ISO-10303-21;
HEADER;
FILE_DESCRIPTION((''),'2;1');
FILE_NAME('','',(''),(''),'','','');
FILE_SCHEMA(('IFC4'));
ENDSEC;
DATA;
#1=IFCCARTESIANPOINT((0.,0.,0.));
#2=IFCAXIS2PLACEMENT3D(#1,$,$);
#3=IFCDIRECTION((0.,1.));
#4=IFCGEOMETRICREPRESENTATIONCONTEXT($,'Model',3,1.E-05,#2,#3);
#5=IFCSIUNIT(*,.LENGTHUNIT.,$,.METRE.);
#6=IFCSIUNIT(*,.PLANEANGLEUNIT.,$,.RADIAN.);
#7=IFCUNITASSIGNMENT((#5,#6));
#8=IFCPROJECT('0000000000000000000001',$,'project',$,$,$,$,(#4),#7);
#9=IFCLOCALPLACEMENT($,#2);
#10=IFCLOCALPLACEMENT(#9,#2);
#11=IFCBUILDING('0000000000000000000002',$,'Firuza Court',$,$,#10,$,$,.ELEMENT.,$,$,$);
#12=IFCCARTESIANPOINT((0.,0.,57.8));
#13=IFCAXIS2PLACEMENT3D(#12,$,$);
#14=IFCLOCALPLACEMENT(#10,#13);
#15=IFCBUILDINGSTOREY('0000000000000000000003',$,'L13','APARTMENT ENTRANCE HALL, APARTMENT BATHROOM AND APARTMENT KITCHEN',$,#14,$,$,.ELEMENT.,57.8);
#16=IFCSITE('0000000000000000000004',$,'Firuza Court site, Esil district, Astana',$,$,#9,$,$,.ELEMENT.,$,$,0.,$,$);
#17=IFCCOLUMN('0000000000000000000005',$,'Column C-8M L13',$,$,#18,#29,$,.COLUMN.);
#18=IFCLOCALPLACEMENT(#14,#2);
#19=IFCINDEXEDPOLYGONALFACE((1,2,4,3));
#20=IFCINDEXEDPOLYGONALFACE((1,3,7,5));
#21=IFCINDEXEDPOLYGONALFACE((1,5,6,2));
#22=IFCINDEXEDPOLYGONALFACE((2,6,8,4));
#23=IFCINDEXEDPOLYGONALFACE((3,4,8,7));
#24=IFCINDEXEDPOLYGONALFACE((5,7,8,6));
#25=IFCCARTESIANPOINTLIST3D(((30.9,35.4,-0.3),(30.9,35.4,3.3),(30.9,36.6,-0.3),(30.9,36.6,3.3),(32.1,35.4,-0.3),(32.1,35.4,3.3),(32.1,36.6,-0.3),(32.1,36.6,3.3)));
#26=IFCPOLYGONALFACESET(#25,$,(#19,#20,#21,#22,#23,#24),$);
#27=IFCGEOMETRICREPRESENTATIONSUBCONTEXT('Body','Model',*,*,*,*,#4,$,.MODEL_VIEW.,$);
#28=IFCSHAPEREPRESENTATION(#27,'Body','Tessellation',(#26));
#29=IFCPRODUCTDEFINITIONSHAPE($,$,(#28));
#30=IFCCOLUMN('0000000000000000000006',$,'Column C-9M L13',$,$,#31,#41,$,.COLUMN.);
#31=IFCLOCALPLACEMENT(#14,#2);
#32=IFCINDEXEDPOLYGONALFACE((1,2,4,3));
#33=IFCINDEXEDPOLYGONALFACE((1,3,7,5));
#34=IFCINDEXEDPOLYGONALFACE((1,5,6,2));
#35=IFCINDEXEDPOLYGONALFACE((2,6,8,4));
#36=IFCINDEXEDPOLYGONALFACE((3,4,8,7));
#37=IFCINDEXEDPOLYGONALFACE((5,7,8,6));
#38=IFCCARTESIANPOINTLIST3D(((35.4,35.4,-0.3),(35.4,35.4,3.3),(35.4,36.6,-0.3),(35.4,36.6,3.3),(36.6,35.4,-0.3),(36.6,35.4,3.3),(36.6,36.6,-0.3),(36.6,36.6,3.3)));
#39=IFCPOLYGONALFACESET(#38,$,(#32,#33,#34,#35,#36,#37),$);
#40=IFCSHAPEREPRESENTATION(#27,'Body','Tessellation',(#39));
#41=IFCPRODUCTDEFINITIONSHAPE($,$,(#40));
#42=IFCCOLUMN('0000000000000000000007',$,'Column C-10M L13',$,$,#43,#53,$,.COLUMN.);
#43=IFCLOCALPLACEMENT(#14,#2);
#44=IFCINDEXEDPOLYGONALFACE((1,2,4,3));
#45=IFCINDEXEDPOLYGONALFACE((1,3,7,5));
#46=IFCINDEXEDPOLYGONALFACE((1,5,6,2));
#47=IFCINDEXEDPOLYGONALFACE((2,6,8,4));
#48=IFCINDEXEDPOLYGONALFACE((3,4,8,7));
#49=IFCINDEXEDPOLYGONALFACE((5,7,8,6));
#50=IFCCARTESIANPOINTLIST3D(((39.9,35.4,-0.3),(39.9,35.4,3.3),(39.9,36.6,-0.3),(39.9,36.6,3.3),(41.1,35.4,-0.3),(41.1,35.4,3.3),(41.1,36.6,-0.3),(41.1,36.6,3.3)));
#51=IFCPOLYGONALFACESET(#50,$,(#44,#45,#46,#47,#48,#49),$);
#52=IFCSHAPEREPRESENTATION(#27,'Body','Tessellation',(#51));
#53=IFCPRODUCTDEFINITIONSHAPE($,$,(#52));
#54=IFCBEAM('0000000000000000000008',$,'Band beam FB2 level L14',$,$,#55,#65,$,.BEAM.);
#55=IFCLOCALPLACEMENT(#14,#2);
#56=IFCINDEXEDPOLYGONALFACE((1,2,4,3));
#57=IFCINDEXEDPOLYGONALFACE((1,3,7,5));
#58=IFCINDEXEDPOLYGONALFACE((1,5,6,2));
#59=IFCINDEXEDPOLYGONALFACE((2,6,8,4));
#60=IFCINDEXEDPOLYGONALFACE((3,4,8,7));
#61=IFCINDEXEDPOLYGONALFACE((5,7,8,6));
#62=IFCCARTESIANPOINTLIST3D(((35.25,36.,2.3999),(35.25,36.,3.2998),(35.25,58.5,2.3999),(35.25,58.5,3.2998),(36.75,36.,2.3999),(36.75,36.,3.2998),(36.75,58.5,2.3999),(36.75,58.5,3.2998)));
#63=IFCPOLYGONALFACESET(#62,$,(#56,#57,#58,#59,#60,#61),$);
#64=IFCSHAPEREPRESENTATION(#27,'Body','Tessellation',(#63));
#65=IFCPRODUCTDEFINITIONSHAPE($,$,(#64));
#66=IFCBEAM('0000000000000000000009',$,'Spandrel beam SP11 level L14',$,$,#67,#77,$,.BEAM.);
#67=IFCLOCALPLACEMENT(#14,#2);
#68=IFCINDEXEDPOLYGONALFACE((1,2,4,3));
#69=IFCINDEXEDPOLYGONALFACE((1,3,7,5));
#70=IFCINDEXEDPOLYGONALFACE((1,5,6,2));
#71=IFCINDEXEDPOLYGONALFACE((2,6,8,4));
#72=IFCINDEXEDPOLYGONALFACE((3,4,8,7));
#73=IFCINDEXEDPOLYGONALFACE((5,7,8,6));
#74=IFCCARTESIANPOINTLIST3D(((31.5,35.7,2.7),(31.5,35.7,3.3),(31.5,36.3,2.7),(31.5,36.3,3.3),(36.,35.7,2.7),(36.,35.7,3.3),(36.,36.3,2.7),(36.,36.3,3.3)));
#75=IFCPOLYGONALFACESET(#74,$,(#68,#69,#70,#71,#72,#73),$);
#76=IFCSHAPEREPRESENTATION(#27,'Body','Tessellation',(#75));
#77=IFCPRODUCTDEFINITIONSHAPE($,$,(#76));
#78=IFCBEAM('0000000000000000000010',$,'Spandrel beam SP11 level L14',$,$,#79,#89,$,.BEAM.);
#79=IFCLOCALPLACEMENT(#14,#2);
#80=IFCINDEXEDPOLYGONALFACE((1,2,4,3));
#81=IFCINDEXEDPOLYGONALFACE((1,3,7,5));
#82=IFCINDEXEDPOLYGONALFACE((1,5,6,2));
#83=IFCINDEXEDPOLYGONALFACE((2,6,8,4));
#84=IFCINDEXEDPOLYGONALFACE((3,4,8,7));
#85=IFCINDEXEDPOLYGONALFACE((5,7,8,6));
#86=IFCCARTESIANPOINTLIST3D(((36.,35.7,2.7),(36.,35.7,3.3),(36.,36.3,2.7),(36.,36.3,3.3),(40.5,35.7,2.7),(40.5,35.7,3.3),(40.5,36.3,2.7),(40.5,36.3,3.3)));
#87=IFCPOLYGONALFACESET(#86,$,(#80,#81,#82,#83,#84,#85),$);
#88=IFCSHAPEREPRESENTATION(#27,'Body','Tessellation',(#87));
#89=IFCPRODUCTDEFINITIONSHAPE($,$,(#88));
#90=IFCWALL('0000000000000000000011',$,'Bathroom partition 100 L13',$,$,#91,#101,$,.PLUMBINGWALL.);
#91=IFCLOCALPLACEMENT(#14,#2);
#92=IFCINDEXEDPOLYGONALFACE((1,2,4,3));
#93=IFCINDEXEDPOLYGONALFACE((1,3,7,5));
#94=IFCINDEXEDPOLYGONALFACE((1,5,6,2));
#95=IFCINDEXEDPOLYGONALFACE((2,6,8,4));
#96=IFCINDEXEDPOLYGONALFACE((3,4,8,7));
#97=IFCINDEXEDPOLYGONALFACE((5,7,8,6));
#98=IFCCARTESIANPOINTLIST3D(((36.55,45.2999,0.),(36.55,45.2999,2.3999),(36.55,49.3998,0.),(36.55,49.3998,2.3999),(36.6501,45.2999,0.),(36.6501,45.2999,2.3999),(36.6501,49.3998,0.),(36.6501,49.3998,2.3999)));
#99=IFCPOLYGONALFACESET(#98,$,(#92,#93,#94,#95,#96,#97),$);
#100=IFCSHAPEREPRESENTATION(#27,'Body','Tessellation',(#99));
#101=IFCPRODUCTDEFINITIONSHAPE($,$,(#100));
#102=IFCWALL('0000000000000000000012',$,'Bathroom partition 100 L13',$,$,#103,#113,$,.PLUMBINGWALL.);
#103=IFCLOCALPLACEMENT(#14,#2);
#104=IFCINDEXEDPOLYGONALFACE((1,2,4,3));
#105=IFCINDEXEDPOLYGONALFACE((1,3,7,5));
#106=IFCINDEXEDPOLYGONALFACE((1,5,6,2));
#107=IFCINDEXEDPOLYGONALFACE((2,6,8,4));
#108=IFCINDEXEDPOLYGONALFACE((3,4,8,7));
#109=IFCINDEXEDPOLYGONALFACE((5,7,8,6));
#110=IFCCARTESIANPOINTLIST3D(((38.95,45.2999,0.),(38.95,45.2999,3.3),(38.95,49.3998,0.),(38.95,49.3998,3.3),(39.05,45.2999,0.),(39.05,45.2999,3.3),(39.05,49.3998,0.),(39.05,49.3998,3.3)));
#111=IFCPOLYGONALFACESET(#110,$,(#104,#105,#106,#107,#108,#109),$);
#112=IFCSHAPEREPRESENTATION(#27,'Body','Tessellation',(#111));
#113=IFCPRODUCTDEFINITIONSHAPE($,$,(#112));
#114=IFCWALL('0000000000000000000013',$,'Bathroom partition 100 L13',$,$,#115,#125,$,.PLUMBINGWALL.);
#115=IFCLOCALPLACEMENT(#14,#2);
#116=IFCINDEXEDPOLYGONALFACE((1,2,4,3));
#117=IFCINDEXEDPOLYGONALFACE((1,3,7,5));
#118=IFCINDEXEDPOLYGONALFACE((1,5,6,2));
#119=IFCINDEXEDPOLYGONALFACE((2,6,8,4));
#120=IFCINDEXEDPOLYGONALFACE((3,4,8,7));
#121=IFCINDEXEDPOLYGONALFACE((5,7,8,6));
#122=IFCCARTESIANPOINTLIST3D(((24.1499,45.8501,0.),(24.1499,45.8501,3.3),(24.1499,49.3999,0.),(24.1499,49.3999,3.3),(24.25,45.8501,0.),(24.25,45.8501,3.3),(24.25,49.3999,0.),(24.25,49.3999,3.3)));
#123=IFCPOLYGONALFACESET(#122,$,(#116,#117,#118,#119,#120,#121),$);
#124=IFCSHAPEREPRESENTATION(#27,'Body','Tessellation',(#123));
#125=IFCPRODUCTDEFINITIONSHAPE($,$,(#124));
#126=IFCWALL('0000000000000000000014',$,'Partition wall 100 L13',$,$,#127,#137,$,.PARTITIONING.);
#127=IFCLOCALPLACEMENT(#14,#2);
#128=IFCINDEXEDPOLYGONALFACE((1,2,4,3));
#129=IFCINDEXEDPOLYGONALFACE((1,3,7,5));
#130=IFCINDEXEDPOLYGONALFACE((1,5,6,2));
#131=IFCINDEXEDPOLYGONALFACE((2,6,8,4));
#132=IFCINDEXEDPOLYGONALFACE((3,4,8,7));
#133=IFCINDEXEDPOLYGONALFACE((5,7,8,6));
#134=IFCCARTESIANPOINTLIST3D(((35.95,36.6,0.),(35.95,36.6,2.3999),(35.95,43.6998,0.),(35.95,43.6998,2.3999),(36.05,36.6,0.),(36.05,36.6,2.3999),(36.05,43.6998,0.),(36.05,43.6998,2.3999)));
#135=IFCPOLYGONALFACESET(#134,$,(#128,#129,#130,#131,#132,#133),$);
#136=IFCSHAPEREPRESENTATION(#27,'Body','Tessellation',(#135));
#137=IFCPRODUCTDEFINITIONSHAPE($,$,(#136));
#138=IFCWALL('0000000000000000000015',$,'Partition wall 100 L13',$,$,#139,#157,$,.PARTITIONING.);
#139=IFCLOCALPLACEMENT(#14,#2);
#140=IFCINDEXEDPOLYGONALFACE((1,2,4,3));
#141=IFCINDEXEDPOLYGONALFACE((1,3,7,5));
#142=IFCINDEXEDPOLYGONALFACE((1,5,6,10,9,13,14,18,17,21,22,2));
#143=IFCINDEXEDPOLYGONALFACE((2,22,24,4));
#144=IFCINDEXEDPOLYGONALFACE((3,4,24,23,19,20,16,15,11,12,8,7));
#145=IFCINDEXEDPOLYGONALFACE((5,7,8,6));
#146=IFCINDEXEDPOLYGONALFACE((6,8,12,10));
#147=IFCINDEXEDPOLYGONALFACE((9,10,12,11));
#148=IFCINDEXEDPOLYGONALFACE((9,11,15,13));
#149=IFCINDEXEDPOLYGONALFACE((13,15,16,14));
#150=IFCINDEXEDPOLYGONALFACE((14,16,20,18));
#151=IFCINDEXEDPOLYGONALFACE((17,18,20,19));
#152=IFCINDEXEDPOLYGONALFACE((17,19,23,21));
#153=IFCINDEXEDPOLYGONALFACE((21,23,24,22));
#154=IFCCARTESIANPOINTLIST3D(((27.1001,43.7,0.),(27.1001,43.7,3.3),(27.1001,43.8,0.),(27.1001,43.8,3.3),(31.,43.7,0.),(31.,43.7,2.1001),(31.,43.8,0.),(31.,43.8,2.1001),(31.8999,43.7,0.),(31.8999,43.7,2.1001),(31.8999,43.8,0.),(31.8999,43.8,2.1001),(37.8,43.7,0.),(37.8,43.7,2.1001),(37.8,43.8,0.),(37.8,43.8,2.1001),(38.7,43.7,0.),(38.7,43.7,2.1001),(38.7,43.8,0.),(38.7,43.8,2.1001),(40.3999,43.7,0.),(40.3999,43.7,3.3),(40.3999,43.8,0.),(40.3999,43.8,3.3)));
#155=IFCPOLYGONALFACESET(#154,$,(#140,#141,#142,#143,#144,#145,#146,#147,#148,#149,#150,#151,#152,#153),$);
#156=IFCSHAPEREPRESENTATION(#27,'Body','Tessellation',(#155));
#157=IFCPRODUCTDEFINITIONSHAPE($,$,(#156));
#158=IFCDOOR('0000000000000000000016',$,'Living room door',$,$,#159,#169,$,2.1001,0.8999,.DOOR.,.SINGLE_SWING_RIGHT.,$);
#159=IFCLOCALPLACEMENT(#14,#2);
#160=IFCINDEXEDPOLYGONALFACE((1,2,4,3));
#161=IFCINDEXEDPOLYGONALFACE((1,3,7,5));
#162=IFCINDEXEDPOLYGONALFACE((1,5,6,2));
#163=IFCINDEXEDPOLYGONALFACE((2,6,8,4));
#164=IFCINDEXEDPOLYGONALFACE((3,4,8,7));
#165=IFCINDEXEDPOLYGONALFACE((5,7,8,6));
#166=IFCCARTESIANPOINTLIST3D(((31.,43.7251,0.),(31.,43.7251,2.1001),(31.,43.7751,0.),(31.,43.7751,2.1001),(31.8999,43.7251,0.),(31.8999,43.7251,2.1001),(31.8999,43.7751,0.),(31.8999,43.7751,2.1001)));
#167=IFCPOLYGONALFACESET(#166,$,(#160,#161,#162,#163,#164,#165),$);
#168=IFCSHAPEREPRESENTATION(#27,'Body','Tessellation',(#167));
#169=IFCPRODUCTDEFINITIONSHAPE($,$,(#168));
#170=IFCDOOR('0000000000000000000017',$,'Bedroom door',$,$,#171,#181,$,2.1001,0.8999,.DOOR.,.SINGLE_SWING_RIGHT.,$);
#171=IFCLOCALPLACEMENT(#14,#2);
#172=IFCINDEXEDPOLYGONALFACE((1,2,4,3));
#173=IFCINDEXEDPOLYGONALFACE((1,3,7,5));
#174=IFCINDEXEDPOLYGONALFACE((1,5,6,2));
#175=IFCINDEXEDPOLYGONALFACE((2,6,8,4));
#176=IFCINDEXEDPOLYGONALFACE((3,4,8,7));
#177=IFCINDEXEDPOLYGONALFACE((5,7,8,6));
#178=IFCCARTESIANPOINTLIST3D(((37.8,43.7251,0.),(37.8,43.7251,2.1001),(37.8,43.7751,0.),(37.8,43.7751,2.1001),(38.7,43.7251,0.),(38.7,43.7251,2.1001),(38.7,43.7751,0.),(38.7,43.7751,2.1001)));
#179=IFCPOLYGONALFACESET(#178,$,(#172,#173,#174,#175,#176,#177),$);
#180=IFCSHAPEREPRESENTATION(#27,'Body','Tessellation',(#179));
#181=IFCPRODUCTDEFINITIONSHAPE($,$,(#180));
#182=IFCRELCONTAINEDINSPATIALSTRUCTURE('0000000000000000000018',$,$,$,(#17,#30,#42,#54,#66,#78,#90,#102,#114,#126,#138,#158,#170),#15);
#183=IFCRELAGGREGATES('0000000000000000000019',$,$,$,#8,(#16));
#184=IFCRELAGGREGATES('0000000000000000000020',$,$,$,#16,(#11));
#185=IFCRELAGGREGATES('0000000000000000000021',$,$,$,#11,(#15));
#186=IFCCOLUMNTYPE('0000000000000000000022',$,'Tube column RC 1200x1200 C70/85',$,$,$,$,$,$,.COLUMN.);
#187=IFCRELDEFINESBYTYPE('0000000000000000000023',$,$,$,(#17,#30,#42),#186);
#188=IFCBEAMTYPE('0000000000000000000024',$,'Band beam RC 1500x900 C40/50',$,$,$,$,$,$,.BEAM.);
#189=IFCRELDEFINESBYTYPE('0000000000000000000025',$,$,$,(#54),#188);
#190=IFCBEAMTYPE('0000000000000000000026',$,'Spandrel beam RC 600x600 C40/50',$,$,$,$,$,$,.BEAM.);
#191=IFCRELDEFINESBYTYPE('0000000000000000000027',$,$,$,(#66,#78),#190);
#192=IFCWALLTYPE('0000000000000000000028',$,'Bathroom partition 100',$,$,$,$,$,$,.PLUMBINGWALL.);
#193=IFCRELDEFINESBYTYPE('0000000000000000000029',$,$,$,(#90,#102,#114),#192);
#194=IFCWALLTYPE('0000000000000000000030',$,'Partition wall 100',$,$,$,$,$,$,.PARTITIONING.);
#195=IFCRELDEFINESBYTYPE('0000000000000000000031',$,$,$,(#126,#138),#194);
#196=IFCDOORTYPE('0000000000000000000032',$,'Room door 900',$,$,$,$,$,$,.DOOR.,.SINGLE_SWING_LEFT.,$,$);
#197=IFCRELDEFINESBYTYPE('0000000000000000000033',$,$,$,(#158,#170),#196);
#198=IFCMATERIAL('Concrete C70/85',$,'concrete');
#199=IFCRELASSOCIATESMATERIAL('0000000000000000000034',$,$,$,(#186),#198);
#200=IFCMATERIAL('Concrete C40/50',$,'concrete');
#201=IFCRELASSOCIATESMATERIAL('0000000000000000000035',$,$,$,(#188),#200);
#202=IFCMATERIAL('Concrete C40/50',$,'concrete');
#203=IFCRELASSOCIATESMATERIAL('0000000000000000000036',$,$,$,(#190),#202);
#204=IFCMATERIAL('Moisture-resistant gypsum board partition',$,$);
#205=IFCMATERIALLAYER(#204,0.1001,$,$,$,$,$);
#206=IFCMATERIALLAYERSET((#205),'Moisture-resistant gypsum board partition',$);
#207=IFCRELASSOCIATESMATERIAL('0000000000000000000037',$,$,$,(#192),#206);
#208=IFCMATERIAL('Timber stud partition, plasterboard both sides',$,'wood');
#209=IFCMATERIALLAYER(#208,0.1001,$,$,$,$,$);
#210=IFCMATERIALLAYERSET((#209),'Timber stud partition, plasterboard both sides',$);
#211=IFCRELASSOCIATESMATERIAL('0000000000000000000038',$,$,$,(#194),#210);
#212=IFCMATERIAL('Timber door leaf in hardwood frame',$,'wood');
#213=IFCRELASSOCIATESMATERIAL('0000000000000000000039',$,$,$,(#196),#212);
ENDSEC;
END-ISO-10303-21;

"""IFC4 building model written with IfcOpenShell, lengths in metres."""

from ifc_helpers import new_model, si_unit, direction, frame, frame_2d, origin, origin_2d, place, context, subcontext, project, spatial, rectangle, extrude, material, layer, layer_set, material_profile, profile_set, type_object, element, fill, save


model = new_model("IFC4")

# Units and contexts
model_context = context("Model", 3, precision=1e-05, world=origin(), true_north=direction((0.0, 1.0)))
body_context = subcontext(model_context, "Body", "Model", "MODEL_VIEW")
ifc_project = project(units=[si_unit("LENGTHUNIT", "METRE"), si_unit("PLANEANGLEUNIT", "RADIAN")], contexts=[model_context])

# Site, building, storey
site_placement = place(None, origin())
site = spatial("IfcSite", under=ifc_project, at=site_placement, Name="Firuza Court site, Esil district, Astana", CompositionType="ELEMENT", RefElevation=0.0)
building_placement = place(site_placement, origin())
building = spatial("IfcBuilding", under=site, at=building_placement, Name="Firuza Court", CompositionType="ELEMENT")
storey_placement = place(building_placement, frame((0.0, 0.0, 57.8)))
storey = spatial("IfcBuildingStorey", under=building, at=storey_placement, Name="L13", Description="APARTMENT ENTRANCE HALL, APARTMENT BATHROOM AND APARTMENT KITCHEN", CompositionType="ELEMENT", Elevation=57.8)

# Columns
ifc_material_1 = material(Name="Concrete C70/85", Category="concrete")
ifc_material_profile_1 = material_profile(ifc_material_1, rectangle(XDim=1.2, YDim=1.2, at=origin_2d()), Name="RC 1200x1200")
ifc_profile_set_1 = profile_set([ifc_material_profile_1], Name="Concrete C70/85")
column_type = type_object("IfcColumnType", Name="Tube column RC 1200x1200 C70/85", PredefinedType="COLUMN", material=ifc_profile_set_1)
for number, where, z_axis, x_axis, name in (
    (1, (31.5, 36.0, -0.3), (0.0, 0.0, 1.0), (1.0, 0.0, 0.0), "Column C-8M L13"),
    (2, (36.0, 36.0, -0.3), (0.0, 0.0, 1.0), (1.0, 0.0, 0.0), "Column C-9M L13"),
    (3, (40.5, 36.0, -0.3), (0.0, 0.0, 1.0), (1.0, 0.0, 0.0), "Column C-10M L13"),
):
    element("IfcColumn", number, at=place(storey_placement, frame(where, z_axis=z_axis, x_axis=x_axis)), inside=storey, type_object=column_type, Name=name, PredefinedType="COLUMN", context=body_context, shape_type="SweptSolid", body=[
        extrude(rectangle(XDim=1.2, YDim=1.2, at=origin_2d()), origin(), (0.0, 0.0, 1.0), 3.6001),
    ])

# Beams
ifc_material_2 = material(Name="Concrete C40/50", Category="concrete")
ifc_material_profile_2 = material_profile(ifc_material_2, rectangle(XDim=1.5, YDim=0.8999, at=origin_2d()), Name="RC 1500x900")
ifc_profile_set_2 = profile_set([ifc_material_profile_2], Name="Concrete C40/50")
beam_type_1 = type_object("IfcBeamType", Name="Band beam RC 1500x900 C40/50", PredefinedType="BEAM", material=ifc_profile_set_2)
beam_placement = place(storey_placement, frame((36.0, 36.0, 2.8499), z_axis=(0.0, 1.0, 0.0), x_axis=(-1.0, 0.0, 0.0)))
element("IfcBeam", 4, at=beam_placement, inside=storey, type_object=beam_type_1, Name="Band beam FB2 level L14", PredefinedType="BEAM", context=body_context, shape_type="SweptSolid", body=[
    extrude(rectangle(XDim=1.5, YDim=0.8999, at=origin_2d()), origin(), (0.0, 0.0, 1.0), 22.5),
])
ifc_material_3 = material(Name="Concrete C40/50", Category="concrete")
ifc_material_profile_3 = material_profile(ifc_material_3, rectangle(XDim=0.6001, YDim=0.6001, at=origin_2d()), Name="RC 600x600")
ifc_profile_set_3 = profile_set([ifc_material_profile_3], Name="Concrete C40/50")
beam_type_2 = type_object("IfcBeamType", Name="Spandrel beam RC 600x600 C40/50", PredefinedType="BEAM", material=ifc_profile_set_3)
for number, where, z_axis, x_axis, name in (
    (5, (31.5, 36.0, 3.0), (1.0, 0.0, 0.0), (0.0, 1.0, 0.0), "Spandrel beam SP11 level L14"),
    (6, (36.0, 36.0, 3.0), (1.0, 0.0, 0.0), (0.0, 1.0, 0.0), "Spandrel beam SP11 level L14"),
):
    element("IfcBeam", number, at=place(storey_placement, frame(where, z_axis=z_axis, x_axis=x_axis)), inside=storey, type_object=beam_type_2, Name=name, PredefinedType="BEAM", context=body_context, shape_type="SweptSolid", body=[
        extrude(rectangle(XDim=0.6001, YDim=0.6001, at=origin_2d()), origin(), (0.0, 0.0, 1.0), 4.5),
    ])

# Walls
ifc_material_4 = material(Name="Moisture-resistant gypsum board partition")
ifc_layer_1 = layer(ifc_material_4, 0.1001)
ifc_layer_set_1 = layer_set([ifc_layer_1], Name="Moisture-resistant gypsum board partition")
wall_type_1 = type_object("IfcWallType", Name="Bathroom partition 100", PredefinedType="PLUMBINGWALL", material=ifc_layer_set_1)
wall_1_placement = place(storey_placement, frame((36.6001, 45.3, 0.0), z_axis=(0.0, 0.0, 1.0), x_axis=(0.0, 1.0, 0.0)))
element("IfcWall", 7, at=wall_1_placement, inside=storey, type_object=wall_type_1, Name="Bathroom partition 100 L13", PredefinedType="PLUMBINGWALL", context=body_context, shape_type="SweptSolid", body=[
    extrude(rectangle(XDim=4.0999, YDim=0.1001, at=frame_2d((2.0498, 0.0))), origin(), (0.0, 0.0, 1.0), 2.3999),
])
wall_2_placement = place(storey_placement, frame((39.0, 45.3, 0.0), z_axis=(0.0, 0.0, 1.0), x_axis=(0.0, 1.0, 0.0)))
element("IfcWall", 8, at=wall_2_placement, inside=storey, type_object=wall_type_1, Name="Bathroom partition 100 L13", PredefinedType="PLUMBINGWALL", context=body_context, shape_type="SweptSolid", body=[
    extrude(rectangle(XDim=4.0999, YDim=0.1001, at=frame_2d((2.0498, 0.0))), origin(), (0.0, 0.0, 1.0), 3.3),
])
wall_3_placement = place(storey_placement, frame((24.2, 45.8501, 0.0), z_axis=(0.0, 0.0, 1.0), x_axis=(0.0, 1.0, 0.0)))
element("IfcWall", 9, at=wall_3_placement, inside=storey, type_object=wall_type_1, Name="Bathroom partition 100 L13", PredefinedType="PLUMBINGWALL", context=body_context, shape_type="SweptSolid", body=[
    extrude(rectangle(XDim=3.5498, YDim=0.1001, at=frame_2d((1.7749, 0.0))), origin(), (0.0, 0.0, 1.0), 3.3),
])
ifc_material_5 = material(Name="Timber stud partition, plasterboard both sides", Category="wood")
ifc_layer_2 = layer(ifc_material_5, 0.1001)
ifc_layer_set_2 = layer_set([ifc_layer_2], Name="Timber stud partition, plasterboard both sides")
wall_type_2 = type_object("IfcWallType", Name="Partition wall 100", PredefinedType="PARTITIONING", material=ifc_layer_set_2)
wall_4_placement = place(storey_placement, frame((36.0, 36.6001, 0.0), z_axis=(0.0, 0.0, 1.0), x_axis=(0.0, 1.0, 0.0)))
element("IfcWall", 10, at=wall_4_placement, inside=storey, type_object=wall_type_2, Name="Partition wall 100 L13", PredefinedType="PARTITIONING", context=body_context, shape_type="SweptSolid", body=[
    extrude(rectangle(XDim=7.0999, YDim=0.1001, at=frame_2d((3.5498, 0.0))), origin(), (0.0, 0.0, 1.0), 2.3999),
])

# Wall, openings, doors
wall_5_placement = place(storey_placement, frame((27.1001, 43.75, 0.0), z_axis=(0.0, 0.0, 1.0), x_axis=(1.0, 0.0, 0.0)))
wall_5 = element("IfcWall", 11, at=wall_5_placement, inside=storey, type_object=wall_type_2, Name="Partition wall 100 L13", PredefinedType="PARTITIONING", context=body_context, shape_type="SweptSolid", body=[
    extrude(rectangle(XDim=13.2998, YDim=0.1001, at=frame_2d((6.6499, 0.0))), origin(), (0.0, 0.0, 1.0), 3.3),
])
opening_1_placement = place(wall_5_placement, frame((3.8999, 0.0, 0.0)))
opening_1 = element("IfcOpeningElement", 12, at=opening_1_placement, cuts=wall_5, PredefinedType="OPENING", context=body_context, shape_type="SweptSolid", body=[
    extrude(rectangle(XDim=0.8999, YDim=2.1001, at=frame_2d((0.45, 1.05))), frame((0.0, 0.062, 0.0), z_axis=(0.0, -1.0, 0.0), x_axis=(1.0, 0.0, 0.0)), (0.0, 0.0, 1.0), 0.124),
])
opening_2_placement = place(wall_5_placement, frame((10.7, 0.0, 0.0)))
opening_2 = element("IfcOpeningElement", 13, at=opening_2_placement, cuts=wall_5, PredefinedType="OPENING", context=body_context, shape_type="SweptSolid", body=[
    extrude(rectangle(XDim=0.8999, YDim=2.1001, at=frame_2d((0.45, 1.05))), frame((0.0, 0.062, 0.0), z_axis=(0.0, -1.0, 0.0), x_axis=(1.0, 0.0, 0.0)), (0.0, 0.0, 1.0), 0.124),
])
ifc_material_6 = material(Name="Timber door leaf in hardwood frame", Category="wood")
door_type_1 = type_object("IfcDoorType", Name="Room door 900", OperationType="SINGLE_SWING_LEFT", PredefinedType="DOOR", material=ifc_material_6)
door_1_placement = place(opening_1_placement, frame((0.8999, 0.0, 0.0), z_axis=(0.0, 0.0, 1.0), x_axis=(-1.0, 0.0, 0.0)))
door_1 = element("IfcDoor", 14, at=door_1_placement, inside=storey, type_object=door_type_1, Name="Living room door", OperationType="SINGLE_SWING_RIGHT", OverallHeight=2.1001, OverallWidth=0.8999, PredefinedType="DOOR", context=body_context, shape_type="SweptSolid", body=[
    extrude(rectangle(XDim=0.8999, YDim=2.1001, at=frame_2d((0.45, 1.05))), frame((0.0, 0.0249, 0.0), z_axis=(0.0, -1.0, 0.0), x_axis=(1.0, 0.0, 0.0)), (0.0, 0.0, 1.0), 0.05),
])
fill(opening_1, door_1)
door_2_placement = place(opening_2_placement, frame((0.8999, 0.0, 0.0), z_axis=(0.0, 0.0, 1.0), x_axis=(-1.0, 0.0, 0.0)))
door_2 = element("IfcDoor", 15, at=door_2_placement, inside=storey, type_object=door_type_1, Name="Bedroom door", OperationType="SINGLE_SWING_RIGHT", OverallHeight=2.1001, OverallWidth=0.8999, PredefinedType="DOOR", context=body_context, shape_type="SweptSolid", body=[
    extrude(rectangle(XDim=0.8999, YDim=2.1001, at=frame_2d((0.45, 1.05))), frame((0.0, 0.0249, 0.0), z_axis=(0.0, -1.0, 0.0), x_axis=(1.0, 0.0, 0.0)), (0.0, 0.0, 1.0), 0.05),
])
fill(opening_2, door_2)

save(model, "model.ifc")
